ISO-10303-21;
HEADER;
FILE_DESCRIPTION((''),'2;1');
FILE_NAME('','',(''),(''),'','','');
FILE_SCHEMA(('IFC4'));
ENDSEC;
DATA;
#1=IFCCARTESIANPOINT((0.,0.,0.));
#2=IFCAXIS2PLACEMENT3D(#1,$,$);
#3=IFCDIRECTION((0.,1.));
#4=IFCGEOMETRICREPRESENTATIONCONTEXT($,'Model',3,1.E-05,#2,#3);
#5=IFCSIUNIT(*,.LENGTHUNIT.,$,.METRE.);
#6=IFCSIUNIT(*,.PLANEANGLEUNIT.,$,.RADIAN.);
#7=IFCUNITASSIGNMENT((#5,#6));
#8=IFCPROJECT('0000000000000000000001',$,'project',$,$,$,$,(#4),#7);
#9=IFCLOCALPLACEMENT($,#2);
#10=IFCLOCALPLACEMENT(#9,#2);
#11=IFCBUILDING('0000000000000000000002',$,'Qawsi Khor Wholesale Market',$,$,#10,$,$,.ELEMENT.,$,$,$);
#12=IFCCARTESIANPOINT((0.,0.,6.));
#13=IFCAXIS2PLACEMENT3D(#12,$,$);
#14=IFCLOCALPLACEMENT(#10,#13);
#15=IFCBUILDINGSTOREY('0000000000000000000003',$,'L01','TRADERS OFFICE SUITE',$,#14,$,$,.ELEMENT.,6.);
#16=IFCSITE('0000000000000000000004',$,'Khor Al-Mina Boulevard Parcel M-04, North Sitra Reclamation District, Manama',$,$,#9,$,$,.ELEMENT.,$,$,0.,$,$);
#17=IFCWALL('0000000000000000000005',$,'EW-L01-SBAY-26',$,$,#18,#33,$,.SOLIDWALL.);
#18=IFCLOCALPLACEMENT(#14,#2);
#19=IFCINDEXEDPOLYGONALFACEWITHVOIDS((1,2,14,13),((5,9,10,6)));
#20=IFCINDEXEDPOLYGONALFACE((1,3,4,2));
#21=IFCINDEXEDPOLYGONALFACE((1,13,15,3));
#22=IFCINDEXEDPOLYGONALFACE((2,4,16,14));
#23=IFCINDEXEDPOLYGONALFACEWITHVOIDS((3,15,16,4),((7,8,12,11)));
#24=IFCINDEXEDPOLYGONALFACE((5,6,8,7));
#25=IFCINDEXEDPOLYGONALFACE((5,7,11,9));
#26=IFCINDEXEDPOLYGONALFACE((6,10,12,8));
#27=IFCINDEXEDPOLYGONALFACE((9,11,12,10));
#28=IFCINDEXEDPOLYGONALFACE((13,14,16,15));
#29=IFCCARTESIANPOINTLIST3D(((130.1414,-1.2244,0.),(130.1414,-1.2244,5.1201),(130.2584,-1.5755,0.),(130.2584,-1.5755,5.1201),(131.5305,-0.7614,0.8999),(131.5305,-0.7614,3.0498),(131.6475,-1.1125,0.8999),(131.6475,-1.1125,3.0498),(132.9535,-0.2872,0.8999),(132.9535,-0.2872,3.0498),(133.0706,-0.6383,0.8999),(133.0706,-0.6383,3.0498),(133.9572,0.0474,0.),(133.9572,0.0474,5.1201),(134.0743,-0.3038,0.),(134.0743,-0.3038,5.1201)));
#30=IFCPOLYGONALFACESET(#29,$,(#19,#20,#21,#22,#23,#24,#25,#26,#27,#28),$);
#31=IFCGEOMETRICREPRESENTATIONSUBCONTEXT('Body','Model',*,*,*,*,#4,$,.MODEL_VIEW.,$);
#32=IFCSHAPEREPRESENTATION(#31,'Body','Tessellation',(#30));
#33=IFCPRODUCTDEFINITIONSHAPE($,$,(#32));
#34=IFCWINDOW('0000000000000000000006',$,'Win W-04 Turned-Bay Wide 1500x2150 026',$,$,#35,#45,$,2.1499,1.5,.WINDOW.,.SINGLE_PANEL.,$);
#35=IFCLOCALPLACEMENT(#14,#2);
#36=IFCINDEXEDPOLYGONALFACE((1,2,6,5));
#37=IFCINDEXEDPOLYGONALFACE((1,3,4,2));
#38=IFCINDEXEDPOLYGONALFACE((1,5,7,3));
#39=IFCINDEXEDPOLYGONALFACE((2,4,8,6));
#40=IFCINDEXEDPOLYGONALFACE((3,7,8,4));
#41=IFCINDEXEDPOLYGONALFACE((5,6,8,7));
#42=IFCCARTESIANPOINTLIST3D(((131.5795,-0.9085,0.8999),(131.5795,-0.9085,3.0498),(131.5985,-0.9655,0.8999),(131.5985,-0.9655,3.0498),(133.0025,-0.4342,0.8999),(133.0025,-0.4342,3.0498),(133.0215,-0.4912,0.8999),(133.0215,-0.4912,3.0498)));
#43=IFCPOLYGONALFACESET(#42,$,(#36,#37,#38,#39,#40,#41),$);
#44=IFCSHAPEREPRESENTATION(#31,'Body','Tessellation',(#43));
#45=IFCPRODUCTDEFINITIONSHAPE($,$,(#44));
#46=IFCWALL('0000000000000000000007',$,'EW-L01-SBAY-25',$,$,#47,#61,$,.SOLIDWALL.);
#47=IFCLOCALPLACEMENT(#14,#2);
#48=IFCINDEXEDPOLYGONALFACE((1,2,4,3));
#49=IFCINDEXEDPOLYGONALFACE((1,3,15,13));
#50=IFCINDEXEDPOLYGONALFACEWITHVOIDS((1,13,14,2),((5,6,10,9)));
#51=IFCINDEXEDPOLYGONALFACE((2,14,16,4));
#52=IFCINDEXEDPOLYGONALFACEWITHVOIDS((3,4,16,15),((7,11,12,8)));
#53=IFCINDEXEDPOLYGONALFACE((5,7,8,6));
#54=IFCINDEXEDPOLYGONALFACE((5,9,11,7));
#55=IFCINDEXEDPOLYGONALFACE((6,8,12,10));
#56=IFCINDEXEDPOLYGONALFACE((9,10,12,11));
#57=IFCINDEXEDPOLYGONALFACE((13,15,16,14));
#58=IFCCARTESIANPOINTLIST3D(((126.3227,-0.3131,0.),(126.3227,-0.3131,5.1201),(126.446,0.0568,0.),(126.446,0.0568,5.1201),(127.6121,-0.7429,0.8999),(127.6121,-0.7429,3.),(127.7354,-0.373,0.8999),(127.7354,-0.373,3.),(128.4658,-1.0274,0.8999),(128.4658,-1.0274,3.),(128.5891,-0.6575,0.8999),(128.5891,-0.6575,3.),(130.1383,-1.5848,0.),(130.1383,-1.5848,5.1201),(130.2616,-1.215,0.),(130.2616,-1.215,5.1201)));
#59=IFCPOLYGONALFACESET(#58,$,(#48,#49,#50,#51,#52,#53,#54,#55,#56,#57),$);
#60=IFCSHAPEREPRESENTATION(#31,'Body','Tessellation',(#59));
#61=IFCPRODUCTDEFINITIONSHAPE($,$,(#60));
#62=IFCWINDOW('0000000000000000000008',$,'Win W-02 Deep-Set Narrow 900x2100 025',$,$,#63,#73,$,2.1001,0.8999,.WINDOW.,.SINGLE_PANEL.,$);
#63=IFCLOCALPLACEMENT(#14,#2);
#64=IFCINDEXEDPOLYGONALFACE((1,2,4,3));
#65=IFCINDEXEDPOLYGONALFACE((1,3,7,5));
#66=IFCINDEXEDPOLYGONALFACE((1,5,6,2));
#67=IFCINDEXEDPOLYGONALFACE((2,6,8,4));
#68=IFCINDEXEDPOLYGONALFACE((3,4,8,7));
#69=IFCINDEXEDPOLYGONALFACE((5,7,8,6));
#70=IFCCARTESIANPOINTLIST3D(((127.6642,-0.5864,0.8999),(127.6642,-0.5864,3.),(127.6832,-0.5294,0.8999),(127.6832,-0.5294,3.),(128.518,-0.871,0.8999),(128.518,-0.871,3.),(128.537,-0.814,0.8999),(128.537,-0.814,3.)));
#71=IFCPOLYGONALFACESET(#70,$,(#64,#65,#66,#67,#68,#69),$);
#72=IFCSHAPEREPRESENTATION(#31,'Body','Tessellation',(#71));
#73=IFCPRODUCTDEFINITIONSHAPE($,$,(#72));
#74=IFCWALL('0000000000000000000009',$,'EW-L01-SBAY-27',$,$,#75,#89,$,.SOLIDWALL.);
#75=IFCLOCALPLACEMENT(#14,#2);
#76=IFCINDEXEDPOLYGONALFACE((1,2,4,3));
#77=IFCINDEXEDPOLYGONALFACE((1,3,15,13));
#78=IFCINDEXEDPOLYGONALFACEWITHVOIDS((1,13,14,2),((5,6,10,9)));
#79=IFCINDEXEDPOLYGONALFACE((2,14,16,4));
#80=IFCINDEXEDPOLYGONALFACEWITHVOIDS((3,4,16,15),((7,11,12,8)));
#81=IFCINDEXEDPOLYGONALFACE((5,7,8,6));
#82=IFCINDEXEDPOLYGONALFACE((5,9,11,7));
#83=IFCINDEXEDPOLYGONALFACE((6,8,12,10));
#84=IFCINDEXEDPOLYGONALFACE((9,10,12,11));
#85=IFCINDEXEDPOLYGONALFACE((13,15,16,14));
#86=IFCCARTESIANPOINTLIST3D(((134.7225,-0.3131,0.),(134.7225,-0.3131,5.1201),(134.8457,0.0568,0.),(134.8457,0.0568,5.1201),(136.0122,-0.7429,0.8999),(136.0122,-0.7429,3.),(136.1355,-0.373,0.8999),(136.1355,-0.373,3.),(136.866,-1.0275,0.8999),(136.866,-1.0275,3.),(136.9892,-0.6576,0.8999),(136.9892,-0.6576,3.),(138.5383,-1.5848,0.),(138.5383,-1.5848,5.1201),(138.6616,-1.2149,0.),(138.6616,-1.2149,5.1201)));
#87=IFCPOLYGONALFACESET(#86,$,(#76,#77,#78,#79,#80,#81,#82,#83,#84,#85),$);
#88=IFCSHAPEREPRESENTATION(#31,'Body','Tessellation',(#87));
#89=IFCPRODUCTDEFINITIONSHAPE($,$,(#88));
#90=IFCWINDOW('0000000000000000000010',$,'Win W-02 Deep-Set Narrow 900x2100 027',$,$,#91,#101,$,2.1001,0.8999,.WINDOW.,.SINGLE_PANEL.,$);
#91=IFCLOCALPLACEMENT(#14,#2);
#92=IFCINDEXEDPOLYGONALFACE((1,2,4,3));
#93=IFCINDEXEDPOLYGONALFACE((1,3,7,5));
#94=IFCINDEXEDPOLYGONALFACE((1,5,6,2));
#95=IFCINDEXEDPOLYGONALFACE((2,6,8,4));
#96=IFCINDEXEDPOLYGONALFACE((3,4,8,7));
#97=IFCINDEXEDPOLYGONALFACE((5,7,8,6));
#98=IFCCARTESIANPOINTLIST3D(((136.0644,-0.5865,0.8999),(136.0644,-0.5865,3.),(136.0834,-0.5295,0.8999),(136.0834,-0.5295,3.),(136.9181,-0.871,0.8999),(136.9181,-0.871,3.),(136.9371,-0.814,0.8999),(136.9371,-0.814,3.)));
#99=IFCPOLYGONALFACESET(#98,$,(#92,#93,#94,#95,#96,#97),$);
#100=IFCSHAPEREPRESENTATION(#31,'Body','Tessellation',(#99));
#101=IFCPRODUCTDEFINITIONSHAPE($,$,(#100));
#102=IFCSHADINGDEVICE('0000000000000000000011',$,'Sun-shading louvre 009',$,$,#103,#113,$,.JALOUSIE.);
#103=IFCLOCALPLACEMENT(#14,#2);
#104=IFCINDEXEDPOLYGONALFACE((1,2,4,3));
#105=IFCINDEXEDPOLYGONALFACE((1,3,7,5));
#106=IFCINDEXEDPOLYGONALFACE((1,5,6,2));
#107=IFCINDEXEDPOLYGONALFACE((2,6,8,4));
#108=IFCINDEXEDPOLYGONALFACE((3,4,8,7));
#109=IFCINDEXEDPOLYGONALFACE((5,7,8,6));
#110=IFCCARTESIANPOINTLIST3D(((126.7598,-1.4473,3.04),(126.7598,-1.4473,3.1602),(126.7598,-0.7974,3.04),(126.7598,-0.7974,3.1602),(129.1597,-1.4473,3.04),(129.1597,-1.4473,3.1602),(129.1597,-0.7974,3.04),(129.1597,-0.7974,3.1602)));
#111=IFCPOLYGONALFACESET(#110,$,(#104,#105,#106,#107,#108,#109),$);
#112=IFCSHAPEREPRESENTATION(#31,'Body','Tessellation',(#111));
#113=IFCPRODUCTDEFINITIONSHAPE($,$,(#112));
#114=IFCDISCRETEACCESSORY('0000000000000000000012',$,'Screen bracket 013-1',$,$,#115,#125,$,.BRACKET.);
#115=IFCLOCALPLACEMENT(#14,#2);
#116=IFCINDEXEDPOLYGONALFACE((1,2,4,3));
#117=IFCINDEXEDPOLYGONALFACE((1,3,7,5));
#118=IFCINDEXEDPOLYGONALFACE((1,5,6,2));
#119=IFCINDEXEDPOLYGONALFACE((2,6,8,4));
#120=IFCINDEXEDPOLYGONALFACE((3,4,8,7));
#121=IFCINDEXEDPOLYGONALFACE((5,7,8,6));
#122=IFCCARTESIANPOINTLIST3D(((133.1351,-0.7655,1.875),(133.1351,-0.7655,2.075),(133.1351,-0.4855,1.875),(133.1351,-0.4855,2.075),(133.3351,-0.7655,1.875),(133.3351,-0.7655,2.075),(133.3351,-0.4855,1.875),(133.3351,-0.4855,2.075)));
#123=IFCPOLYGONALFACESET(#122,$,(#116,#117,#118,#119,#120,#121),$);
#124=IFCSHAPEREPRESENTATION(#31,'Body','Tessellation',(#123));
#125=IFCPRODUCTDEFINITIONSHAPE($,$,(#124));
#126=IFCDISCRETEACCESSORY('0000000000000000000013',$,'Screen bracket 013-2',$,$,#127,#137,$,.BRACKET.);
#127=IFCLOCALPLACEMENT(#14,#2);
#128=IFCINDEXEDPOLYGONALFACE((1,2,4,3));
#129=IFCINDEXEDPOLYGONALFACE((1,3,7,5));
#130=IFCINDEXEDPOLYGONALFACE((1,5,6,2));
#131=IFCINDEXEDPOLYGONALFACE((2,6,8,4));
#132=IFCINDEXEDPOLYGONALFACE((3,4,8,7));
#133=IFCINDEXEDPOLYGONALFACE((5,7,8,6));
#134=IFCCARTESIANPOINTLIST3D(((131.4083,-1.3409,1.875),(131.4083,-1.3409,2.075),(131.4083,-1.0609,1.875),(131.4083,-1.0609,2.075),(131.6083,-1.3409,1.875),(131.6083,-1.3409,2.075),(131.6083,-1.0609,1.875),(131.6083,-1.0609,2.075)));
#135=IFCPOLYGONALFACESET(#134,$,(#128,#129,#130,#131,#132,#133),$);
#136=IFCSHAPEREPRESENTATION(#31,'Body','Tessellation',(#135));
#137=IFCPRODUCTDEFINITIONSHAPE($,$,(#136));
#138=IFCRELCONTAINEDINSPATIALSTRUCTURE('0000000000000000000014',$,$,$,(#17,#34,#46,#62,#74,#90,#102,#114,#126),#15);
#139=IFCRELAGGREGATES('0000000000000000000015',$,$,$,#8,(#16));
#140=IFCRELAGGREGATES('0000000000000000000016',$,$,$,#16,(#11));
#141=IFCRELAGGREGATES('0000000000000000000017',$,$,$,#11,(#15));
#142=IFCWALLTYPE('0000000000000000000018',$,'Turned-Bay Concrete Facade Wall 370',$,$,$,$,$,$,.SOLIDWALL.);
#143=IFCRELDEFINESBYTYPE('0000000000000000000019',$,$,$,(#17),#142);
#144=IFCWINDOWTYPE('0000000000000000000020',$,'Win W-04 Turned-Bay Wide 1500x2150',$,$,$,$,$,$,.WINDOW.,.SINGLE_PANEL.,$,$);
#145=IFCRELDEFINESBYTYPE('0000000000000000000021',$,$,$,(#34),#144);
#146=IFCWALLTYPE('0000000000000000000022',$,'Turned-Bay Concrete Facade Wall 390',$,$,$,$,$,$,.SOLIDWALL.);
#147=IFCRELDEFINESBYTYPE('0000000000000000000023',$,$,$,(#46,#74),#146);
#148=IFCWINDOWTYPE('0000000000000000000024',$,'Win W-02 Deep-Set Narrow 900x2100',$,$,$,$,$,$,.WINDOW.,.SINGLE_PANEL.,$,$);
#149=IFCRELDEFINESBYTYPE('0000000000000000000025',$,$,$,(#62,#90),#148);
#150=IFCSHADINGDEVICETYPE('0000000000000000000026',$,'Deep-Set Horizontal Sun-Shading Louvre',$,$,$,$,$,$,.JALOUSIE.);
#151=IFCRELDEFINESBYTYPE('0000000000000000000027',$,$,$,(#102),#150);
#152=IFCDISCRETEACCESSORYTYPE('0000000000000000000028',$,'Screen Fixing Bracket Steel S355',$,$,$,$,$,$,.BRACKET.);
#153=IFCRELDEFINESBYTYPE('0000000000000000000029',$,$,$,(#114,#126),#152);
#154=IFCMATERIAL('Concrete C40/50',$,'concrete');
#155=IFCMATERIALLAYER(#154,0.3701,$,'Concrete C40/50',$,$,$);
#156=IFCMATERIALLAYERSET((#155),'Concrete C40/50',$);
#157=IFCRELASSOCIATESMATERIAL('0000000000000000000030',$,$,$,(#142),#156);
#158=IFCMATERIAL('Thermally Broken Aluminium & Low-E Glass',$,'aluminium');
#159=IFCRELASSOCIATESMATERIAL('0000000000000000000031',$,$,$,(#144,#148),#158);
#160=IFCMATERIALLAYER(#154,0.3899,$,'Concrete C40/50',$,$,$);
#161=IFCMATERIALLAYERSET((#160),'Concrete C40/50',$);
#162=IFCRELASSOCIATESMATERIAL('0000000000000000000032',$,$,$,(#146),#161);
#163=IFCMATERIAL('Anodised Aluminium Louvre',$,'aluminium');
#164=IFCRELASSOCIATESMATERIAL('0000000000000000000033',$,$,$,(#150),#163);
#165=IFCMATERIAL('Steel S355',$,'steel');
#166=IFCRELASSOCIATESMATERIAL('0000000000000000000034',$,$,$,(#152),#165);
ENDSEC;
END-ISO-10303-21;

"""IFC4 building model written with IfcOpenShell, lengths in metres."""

from ifc_helpers import new_model, si_unit, direction, frame, frame_2d, origin, origin_2d, place, context, subcontext, project, spatial, rectangle, extrude, material, layer, layer_set, type_object, element, fill, save


model = new_model("IFC4")

# Units and contexts
model_context = context("Model", 3, precision=1e-05, world=origin(), true_north=direction((0.0, 1.0)))
body_context = subcontext(model_context, "Body", "Model", "MODEL_VIEW")
ifc_project = project(units=[si_unit("LENGTHUNIT", "METRE"), si_unit("PLANEANGLEUNIT", "RADIAN")], contexts=[model_context])

# Site, building, storey
site_placement = place(None, origin())
site = spatial("IfcSite", under=ifc_project, at=site_placement, Name="Khor Al-Mina Boulevard Parcel M-04, North Sitra Reclamation District, Manama", CompositionType="ELEMENT", RefElevation=0.0)
building_placement = place(site_placement, origin())
building = spatial("IfcBuilding", under=site, at=building_placement, Name="Qawsi Khor Wholesale Market", CompositionType="ELEMENT")
storey_placement = place(building_placement, frame((0.0, 0.0, 6.0)))
storey = spatial("IfcBuildingStorey", under=building, at=storey_placement, Name="L01", Description="TRADERS OFFICE SUITE", CompositionType="ELEMENT", Elevation=6.0)

# Shared definitions
ifc_material_1 = material(Name="Concrete C40/50", Category="concrete")

# Shared definitions
ifc_material_2 = material(Name="Steel S355", Category="steel")

# Walls, openings, windows
ifc_layer_1 = layer(ifc_material_1, 0.3701, Name="Concrete C40/50")
ifc_layer_set_1 = layer_set([ifc_layer_1], Name="Concrete C40/50")
wall_type_1 = type_object("IfcWallType", Name="Turned-Bay Concrete Facade Wall 370", PredefinedType="SOLIDWALL", material=ifc_layer_set_1)
wall_1_placement = place(storey_placement, frame((134.0159, -0.1282, 0.0), z_axis=(0.0, 0.0, 1.0), x_axis=(-0.948702, -0.316173, 0.0)))
wall_1 = element("IfcWall", 1, at=wall_1_placement, inside=storey, type_object=wall_type_1, Name="EW-L01-SBAY-26", PredefinedType="SOLIDWALL", context=body_context, shape_type="SweptSolid", body=[
    extrude(rectangle(XDim=4.0222, YDim=0.3701, at=frame_2d((2.0112, 0.0))), origin(), (0.0, 0.0, 1.0), 5.1201),
])
opening_1_placement = place(wall_1_placement, frame((1.0581, 0.0, 0.8999)))
opening_1 = element("IfcOpeningElement", 2, at=opening_1_placement, cuts=wall_1, PredefinedType="OPENING", context=body_context, shape_type="SweptSolid", body=[
    extrude(rectangle(XDim=1.5, YDim=2.1499, at=frame_2d((0.75, 1.075))), frame((0.0, 0.1951, 0.0), z_axis=(0.0, -1.0, 0.0), x_axis=(1.0, 0.0, 0.0)), (0.0, 0.0, 1.0), 0.3901),
])
ifc_material_3 = material(Name="Thermally Broken Aluminium & Low-E Glass", Category="aluminium")
window_type_1 = type_object("IfcWindowType", Name="Win W-04 Turned-Bay Wide 1500x2150", PartitioningType="SINGLE_PANEL", PredefinedType="WINDOW", material=ifc_material_3)
window_1_placement = place(opening_1_placement, origin())
window_1 = element("IfcWindow", 3, at=window_1_placement, inside=storey, type_object=window_type_1, Name="Win W-04 Turned-Bay Wide 1500x2150 026", OverallHeight=2.1499, OverallWidth=1.5, PartitioningType="SINGLE_PANEL", PredefinedType="WINDOW", context=body_context, shape_type="SweptSolid", body=[
    extrude(rectangle(XDim=1.5, YDim=2.1499, at=frame_2d((0.75, 1.075))), frame((0.0, 0.03, 0.0), z_axis=(0.0, -1.0, 0.0), x_axis=(1.0, 0.0, 0.0)), (0.0, 0.0, 1.0), 0.0601),
])
fill(opening_1, window_1)
ifc_layer_2 = layer(ifc_material_1, 0.3899, Name="Concrete C40/50")
ifc_layer_set_2 = layer_set([ifc_layer_2], Name="Concrete C40/50")
wall_type_2 = type_object("IfcWallType", Name="Turned-Bay Concrete Facade Wall 390", PredefinedType="SOLIDWALL", material=ifc_layer_set_2)
wall_2_placement = place(storey_placement, frame((130.2, -1.3999, 0.0), z_axis=(0.0, 0.0, 1.0), x_axis=(-0.948695, 0.316191, 0.0)))
wall_2 = element("IfcWall", 4, at=wall_2_placement, inside=storey, type_object=wall_type_2, Name="EW-L01-SBAY-25", PredefinedType="SOLIDWALL", context=body_context, shape_type="SweptSolid", body=[
    extrude(rectangle(XDim=4.022, YDim=0.3899, at=frame_2d((2.011, 0.0))), origin(), (0.0, 0.0, 1.0), 5.1201),
])
opening_2_placement = place(wall_2_placement, frame((1.7629, 0.0, 0.8999)))
opening_2 = element("IfcOpeningElement", 5, at=opening_2_placement, cuts=wall_2, PredefinedType="OPENING", context=body_context, shape_type="SweptSolid", body=[
    extrude(rectangle(XDim=0.8999, YDim=2.1001, at=frame_2d((0.45, 1.05))), frame((0.0, 0.2048, 0.0), z_axis=(0.0, -1.0, 0.0), x_axis=(1.0, 0.0, 0.0)), (0.0, 0.0, 1.0), 0.4099),
])
window_type_2 = type_object("IfcWindowType", Name="Win W-02 Deep-Set Narrow 900x2100", PartitioningType="SINGLE_PANEL", PredefinedType="WINDOW", material=ifc_material_3)
window_2_placement = place(opening_2_placement, origin())
window_2 = element("IfcWindow", 6, at=window_2_placement, inside=storey, type_object=window_type_2, Name="Win W-02 Deep-Set Narrow 900x2100 025", OverallHeight=2.1001, OverallWidth=0.8999, PartitioningType="SINGLE_PANEL", PredefinedType="WINDOW", context=body_context, shape_type="SweptSolid", body=[
    extrude(rectangle(XDim=0.8999, YDim=2.1001, at=frame_2d((0.45, 1.05))), frame((0.0, 0.03, 0.0), z_axis=(0.0, -1.0, 0.0), x_axis=(1.0, 0.0, 0.0)), (0.0, 0.0, 1.0), 0.0601),
])
fill(opening_2, window_2)
wall_3_placement = place(storey_placement, frame((138.6001, -1.3999, 0.0), z_axis=(0.0, 0.0, 1.0), x_axis=(-0.948702, 0.316173, 0.0)))
wall_3 = element("IfcWall", 7, at=wall_3_placement, inside=storey, type_object=wall_type_2, Name="EW-L01-SBAY-27", PredefinedType="SOLIDWALL", context=body_context, shape_type="SweptSolid", body=[
    extrude(rectangle(XDim=4.0222, YDim=0.3899, at=frame_2d((2.0112, 0.0))), origin(), (0.0, 0.0, 1.0), 5.1201),
])
opening_3_placement = place(wall_3_placement, frame((1.7629, 0.0, 0.8999)))
opening_3 = element("IfcOpeningElement", 8, at=opening_3_placement, cuts=wall_3, PredefinedType="OPENING", context=body_context, shape_type="SweptSolid", body=[
    extrude(rectangle(XDim=0.8999, YDim=2.1001, at=frame_2d((0.45, 1.05))), frame((0.0, 0.2048, 0.0), z_axis=(0.0, -1.0, 0.0), x_axis=(1.0, 0.0, 0.0)), (0.0, 0.0, 1.0), 0.4099),
])
window_3_placement = place(opening_3_placement, origin())
window_3 = element("IfcWindow", 9, at=window_3_placement, inside=storey, type_object=window_type_2, Name="Win W-02 Deep-Set Narrow 900x2100 027", OverallHeight=2.1001, OverallWidth=0.8999, PartitioningType="SINGLE_PANEL", PredefinedType="WINDOW", context=body_context, shape_type="SweptSolid", body=[
    extrude(rectangle(XDim=0.8999, YDim=2.1001, at=frame_2d((0.45, 1.05))), frame((0.0, 0.03, 0.0), z_axis=(0.0, -1.0, 0.0), x_axis=(1.0, 0.0, 0.0)), (0.0, 0.0, 1.0), 0.0601),
])
fill(opening_3, window_3)

# Shading device
ifc_material_4 = material(Name="Anodised Aluminium Louvre", Category="aluminium")
shading_device_type = type_object("IfcShadingDeviceType", Name="Deep-Set Horizontal Sun-Shading Louvre", PredefinedType="JALOUSIE", material=ifc_material_4)
shading_device_placement = place(storey_placement, frame((127.9597, -1.1223, 3.04), z_axis=(0.0, 0.0, 1.0), x_axis=(1.0, 0.0, 0.0)))
element("IfcShadingDevice", 10, at=shading_device_placement, inside=storey, type_object=shading_device_type, Name="Sun-shading louvre 009", PredefinedType="JALOUSIE", context=body_context, shape_type="SweptSolid", body=[
    extrude(rectangle(XDim=2.3999, YDim=0.6499, at=origin_2d()), origin(), (0.0, 0.0, 1.0), 0.1201),
])

# Discrete accessories
discrete_accessory_type = type_object("IfcDiscreteAccessoryType", Name="Screen Fixing Bracket Steel S355", PredefinedType="BRACKET", material=ifc_material_2)
for number, where, z_axis, x_axis, name in (
    (11, (133.2351, -0.6255, 1.875), (0.0, 0.0, 1.0), (1.0, 0.0, 0.0), "Screen bracket 013-1"),
    (12, (131.5083, -1.2009, 1.875), (0.0, 0.0, 1.0), (1.0, 0.0, 0.0), "Screen bracket 013-2"),
):
    element("IfcDiscreteAccessory", number, at=place(storey_placement, frame(where, z_axis=z_axis, x_axis=x_axis)), inside=storey, type_object=discrete_accessory_type, Name=name, PredefinedType="BRACKET", context=body_context, shape_type="SweptSolid", body=[
        extrude(rectangle(XDim=0.2, YDim=0.28, at=origin_2d()), origin(), (0.0, 0.0, 1.0), 0.2),
    ])

save(model, "model.ifc")
